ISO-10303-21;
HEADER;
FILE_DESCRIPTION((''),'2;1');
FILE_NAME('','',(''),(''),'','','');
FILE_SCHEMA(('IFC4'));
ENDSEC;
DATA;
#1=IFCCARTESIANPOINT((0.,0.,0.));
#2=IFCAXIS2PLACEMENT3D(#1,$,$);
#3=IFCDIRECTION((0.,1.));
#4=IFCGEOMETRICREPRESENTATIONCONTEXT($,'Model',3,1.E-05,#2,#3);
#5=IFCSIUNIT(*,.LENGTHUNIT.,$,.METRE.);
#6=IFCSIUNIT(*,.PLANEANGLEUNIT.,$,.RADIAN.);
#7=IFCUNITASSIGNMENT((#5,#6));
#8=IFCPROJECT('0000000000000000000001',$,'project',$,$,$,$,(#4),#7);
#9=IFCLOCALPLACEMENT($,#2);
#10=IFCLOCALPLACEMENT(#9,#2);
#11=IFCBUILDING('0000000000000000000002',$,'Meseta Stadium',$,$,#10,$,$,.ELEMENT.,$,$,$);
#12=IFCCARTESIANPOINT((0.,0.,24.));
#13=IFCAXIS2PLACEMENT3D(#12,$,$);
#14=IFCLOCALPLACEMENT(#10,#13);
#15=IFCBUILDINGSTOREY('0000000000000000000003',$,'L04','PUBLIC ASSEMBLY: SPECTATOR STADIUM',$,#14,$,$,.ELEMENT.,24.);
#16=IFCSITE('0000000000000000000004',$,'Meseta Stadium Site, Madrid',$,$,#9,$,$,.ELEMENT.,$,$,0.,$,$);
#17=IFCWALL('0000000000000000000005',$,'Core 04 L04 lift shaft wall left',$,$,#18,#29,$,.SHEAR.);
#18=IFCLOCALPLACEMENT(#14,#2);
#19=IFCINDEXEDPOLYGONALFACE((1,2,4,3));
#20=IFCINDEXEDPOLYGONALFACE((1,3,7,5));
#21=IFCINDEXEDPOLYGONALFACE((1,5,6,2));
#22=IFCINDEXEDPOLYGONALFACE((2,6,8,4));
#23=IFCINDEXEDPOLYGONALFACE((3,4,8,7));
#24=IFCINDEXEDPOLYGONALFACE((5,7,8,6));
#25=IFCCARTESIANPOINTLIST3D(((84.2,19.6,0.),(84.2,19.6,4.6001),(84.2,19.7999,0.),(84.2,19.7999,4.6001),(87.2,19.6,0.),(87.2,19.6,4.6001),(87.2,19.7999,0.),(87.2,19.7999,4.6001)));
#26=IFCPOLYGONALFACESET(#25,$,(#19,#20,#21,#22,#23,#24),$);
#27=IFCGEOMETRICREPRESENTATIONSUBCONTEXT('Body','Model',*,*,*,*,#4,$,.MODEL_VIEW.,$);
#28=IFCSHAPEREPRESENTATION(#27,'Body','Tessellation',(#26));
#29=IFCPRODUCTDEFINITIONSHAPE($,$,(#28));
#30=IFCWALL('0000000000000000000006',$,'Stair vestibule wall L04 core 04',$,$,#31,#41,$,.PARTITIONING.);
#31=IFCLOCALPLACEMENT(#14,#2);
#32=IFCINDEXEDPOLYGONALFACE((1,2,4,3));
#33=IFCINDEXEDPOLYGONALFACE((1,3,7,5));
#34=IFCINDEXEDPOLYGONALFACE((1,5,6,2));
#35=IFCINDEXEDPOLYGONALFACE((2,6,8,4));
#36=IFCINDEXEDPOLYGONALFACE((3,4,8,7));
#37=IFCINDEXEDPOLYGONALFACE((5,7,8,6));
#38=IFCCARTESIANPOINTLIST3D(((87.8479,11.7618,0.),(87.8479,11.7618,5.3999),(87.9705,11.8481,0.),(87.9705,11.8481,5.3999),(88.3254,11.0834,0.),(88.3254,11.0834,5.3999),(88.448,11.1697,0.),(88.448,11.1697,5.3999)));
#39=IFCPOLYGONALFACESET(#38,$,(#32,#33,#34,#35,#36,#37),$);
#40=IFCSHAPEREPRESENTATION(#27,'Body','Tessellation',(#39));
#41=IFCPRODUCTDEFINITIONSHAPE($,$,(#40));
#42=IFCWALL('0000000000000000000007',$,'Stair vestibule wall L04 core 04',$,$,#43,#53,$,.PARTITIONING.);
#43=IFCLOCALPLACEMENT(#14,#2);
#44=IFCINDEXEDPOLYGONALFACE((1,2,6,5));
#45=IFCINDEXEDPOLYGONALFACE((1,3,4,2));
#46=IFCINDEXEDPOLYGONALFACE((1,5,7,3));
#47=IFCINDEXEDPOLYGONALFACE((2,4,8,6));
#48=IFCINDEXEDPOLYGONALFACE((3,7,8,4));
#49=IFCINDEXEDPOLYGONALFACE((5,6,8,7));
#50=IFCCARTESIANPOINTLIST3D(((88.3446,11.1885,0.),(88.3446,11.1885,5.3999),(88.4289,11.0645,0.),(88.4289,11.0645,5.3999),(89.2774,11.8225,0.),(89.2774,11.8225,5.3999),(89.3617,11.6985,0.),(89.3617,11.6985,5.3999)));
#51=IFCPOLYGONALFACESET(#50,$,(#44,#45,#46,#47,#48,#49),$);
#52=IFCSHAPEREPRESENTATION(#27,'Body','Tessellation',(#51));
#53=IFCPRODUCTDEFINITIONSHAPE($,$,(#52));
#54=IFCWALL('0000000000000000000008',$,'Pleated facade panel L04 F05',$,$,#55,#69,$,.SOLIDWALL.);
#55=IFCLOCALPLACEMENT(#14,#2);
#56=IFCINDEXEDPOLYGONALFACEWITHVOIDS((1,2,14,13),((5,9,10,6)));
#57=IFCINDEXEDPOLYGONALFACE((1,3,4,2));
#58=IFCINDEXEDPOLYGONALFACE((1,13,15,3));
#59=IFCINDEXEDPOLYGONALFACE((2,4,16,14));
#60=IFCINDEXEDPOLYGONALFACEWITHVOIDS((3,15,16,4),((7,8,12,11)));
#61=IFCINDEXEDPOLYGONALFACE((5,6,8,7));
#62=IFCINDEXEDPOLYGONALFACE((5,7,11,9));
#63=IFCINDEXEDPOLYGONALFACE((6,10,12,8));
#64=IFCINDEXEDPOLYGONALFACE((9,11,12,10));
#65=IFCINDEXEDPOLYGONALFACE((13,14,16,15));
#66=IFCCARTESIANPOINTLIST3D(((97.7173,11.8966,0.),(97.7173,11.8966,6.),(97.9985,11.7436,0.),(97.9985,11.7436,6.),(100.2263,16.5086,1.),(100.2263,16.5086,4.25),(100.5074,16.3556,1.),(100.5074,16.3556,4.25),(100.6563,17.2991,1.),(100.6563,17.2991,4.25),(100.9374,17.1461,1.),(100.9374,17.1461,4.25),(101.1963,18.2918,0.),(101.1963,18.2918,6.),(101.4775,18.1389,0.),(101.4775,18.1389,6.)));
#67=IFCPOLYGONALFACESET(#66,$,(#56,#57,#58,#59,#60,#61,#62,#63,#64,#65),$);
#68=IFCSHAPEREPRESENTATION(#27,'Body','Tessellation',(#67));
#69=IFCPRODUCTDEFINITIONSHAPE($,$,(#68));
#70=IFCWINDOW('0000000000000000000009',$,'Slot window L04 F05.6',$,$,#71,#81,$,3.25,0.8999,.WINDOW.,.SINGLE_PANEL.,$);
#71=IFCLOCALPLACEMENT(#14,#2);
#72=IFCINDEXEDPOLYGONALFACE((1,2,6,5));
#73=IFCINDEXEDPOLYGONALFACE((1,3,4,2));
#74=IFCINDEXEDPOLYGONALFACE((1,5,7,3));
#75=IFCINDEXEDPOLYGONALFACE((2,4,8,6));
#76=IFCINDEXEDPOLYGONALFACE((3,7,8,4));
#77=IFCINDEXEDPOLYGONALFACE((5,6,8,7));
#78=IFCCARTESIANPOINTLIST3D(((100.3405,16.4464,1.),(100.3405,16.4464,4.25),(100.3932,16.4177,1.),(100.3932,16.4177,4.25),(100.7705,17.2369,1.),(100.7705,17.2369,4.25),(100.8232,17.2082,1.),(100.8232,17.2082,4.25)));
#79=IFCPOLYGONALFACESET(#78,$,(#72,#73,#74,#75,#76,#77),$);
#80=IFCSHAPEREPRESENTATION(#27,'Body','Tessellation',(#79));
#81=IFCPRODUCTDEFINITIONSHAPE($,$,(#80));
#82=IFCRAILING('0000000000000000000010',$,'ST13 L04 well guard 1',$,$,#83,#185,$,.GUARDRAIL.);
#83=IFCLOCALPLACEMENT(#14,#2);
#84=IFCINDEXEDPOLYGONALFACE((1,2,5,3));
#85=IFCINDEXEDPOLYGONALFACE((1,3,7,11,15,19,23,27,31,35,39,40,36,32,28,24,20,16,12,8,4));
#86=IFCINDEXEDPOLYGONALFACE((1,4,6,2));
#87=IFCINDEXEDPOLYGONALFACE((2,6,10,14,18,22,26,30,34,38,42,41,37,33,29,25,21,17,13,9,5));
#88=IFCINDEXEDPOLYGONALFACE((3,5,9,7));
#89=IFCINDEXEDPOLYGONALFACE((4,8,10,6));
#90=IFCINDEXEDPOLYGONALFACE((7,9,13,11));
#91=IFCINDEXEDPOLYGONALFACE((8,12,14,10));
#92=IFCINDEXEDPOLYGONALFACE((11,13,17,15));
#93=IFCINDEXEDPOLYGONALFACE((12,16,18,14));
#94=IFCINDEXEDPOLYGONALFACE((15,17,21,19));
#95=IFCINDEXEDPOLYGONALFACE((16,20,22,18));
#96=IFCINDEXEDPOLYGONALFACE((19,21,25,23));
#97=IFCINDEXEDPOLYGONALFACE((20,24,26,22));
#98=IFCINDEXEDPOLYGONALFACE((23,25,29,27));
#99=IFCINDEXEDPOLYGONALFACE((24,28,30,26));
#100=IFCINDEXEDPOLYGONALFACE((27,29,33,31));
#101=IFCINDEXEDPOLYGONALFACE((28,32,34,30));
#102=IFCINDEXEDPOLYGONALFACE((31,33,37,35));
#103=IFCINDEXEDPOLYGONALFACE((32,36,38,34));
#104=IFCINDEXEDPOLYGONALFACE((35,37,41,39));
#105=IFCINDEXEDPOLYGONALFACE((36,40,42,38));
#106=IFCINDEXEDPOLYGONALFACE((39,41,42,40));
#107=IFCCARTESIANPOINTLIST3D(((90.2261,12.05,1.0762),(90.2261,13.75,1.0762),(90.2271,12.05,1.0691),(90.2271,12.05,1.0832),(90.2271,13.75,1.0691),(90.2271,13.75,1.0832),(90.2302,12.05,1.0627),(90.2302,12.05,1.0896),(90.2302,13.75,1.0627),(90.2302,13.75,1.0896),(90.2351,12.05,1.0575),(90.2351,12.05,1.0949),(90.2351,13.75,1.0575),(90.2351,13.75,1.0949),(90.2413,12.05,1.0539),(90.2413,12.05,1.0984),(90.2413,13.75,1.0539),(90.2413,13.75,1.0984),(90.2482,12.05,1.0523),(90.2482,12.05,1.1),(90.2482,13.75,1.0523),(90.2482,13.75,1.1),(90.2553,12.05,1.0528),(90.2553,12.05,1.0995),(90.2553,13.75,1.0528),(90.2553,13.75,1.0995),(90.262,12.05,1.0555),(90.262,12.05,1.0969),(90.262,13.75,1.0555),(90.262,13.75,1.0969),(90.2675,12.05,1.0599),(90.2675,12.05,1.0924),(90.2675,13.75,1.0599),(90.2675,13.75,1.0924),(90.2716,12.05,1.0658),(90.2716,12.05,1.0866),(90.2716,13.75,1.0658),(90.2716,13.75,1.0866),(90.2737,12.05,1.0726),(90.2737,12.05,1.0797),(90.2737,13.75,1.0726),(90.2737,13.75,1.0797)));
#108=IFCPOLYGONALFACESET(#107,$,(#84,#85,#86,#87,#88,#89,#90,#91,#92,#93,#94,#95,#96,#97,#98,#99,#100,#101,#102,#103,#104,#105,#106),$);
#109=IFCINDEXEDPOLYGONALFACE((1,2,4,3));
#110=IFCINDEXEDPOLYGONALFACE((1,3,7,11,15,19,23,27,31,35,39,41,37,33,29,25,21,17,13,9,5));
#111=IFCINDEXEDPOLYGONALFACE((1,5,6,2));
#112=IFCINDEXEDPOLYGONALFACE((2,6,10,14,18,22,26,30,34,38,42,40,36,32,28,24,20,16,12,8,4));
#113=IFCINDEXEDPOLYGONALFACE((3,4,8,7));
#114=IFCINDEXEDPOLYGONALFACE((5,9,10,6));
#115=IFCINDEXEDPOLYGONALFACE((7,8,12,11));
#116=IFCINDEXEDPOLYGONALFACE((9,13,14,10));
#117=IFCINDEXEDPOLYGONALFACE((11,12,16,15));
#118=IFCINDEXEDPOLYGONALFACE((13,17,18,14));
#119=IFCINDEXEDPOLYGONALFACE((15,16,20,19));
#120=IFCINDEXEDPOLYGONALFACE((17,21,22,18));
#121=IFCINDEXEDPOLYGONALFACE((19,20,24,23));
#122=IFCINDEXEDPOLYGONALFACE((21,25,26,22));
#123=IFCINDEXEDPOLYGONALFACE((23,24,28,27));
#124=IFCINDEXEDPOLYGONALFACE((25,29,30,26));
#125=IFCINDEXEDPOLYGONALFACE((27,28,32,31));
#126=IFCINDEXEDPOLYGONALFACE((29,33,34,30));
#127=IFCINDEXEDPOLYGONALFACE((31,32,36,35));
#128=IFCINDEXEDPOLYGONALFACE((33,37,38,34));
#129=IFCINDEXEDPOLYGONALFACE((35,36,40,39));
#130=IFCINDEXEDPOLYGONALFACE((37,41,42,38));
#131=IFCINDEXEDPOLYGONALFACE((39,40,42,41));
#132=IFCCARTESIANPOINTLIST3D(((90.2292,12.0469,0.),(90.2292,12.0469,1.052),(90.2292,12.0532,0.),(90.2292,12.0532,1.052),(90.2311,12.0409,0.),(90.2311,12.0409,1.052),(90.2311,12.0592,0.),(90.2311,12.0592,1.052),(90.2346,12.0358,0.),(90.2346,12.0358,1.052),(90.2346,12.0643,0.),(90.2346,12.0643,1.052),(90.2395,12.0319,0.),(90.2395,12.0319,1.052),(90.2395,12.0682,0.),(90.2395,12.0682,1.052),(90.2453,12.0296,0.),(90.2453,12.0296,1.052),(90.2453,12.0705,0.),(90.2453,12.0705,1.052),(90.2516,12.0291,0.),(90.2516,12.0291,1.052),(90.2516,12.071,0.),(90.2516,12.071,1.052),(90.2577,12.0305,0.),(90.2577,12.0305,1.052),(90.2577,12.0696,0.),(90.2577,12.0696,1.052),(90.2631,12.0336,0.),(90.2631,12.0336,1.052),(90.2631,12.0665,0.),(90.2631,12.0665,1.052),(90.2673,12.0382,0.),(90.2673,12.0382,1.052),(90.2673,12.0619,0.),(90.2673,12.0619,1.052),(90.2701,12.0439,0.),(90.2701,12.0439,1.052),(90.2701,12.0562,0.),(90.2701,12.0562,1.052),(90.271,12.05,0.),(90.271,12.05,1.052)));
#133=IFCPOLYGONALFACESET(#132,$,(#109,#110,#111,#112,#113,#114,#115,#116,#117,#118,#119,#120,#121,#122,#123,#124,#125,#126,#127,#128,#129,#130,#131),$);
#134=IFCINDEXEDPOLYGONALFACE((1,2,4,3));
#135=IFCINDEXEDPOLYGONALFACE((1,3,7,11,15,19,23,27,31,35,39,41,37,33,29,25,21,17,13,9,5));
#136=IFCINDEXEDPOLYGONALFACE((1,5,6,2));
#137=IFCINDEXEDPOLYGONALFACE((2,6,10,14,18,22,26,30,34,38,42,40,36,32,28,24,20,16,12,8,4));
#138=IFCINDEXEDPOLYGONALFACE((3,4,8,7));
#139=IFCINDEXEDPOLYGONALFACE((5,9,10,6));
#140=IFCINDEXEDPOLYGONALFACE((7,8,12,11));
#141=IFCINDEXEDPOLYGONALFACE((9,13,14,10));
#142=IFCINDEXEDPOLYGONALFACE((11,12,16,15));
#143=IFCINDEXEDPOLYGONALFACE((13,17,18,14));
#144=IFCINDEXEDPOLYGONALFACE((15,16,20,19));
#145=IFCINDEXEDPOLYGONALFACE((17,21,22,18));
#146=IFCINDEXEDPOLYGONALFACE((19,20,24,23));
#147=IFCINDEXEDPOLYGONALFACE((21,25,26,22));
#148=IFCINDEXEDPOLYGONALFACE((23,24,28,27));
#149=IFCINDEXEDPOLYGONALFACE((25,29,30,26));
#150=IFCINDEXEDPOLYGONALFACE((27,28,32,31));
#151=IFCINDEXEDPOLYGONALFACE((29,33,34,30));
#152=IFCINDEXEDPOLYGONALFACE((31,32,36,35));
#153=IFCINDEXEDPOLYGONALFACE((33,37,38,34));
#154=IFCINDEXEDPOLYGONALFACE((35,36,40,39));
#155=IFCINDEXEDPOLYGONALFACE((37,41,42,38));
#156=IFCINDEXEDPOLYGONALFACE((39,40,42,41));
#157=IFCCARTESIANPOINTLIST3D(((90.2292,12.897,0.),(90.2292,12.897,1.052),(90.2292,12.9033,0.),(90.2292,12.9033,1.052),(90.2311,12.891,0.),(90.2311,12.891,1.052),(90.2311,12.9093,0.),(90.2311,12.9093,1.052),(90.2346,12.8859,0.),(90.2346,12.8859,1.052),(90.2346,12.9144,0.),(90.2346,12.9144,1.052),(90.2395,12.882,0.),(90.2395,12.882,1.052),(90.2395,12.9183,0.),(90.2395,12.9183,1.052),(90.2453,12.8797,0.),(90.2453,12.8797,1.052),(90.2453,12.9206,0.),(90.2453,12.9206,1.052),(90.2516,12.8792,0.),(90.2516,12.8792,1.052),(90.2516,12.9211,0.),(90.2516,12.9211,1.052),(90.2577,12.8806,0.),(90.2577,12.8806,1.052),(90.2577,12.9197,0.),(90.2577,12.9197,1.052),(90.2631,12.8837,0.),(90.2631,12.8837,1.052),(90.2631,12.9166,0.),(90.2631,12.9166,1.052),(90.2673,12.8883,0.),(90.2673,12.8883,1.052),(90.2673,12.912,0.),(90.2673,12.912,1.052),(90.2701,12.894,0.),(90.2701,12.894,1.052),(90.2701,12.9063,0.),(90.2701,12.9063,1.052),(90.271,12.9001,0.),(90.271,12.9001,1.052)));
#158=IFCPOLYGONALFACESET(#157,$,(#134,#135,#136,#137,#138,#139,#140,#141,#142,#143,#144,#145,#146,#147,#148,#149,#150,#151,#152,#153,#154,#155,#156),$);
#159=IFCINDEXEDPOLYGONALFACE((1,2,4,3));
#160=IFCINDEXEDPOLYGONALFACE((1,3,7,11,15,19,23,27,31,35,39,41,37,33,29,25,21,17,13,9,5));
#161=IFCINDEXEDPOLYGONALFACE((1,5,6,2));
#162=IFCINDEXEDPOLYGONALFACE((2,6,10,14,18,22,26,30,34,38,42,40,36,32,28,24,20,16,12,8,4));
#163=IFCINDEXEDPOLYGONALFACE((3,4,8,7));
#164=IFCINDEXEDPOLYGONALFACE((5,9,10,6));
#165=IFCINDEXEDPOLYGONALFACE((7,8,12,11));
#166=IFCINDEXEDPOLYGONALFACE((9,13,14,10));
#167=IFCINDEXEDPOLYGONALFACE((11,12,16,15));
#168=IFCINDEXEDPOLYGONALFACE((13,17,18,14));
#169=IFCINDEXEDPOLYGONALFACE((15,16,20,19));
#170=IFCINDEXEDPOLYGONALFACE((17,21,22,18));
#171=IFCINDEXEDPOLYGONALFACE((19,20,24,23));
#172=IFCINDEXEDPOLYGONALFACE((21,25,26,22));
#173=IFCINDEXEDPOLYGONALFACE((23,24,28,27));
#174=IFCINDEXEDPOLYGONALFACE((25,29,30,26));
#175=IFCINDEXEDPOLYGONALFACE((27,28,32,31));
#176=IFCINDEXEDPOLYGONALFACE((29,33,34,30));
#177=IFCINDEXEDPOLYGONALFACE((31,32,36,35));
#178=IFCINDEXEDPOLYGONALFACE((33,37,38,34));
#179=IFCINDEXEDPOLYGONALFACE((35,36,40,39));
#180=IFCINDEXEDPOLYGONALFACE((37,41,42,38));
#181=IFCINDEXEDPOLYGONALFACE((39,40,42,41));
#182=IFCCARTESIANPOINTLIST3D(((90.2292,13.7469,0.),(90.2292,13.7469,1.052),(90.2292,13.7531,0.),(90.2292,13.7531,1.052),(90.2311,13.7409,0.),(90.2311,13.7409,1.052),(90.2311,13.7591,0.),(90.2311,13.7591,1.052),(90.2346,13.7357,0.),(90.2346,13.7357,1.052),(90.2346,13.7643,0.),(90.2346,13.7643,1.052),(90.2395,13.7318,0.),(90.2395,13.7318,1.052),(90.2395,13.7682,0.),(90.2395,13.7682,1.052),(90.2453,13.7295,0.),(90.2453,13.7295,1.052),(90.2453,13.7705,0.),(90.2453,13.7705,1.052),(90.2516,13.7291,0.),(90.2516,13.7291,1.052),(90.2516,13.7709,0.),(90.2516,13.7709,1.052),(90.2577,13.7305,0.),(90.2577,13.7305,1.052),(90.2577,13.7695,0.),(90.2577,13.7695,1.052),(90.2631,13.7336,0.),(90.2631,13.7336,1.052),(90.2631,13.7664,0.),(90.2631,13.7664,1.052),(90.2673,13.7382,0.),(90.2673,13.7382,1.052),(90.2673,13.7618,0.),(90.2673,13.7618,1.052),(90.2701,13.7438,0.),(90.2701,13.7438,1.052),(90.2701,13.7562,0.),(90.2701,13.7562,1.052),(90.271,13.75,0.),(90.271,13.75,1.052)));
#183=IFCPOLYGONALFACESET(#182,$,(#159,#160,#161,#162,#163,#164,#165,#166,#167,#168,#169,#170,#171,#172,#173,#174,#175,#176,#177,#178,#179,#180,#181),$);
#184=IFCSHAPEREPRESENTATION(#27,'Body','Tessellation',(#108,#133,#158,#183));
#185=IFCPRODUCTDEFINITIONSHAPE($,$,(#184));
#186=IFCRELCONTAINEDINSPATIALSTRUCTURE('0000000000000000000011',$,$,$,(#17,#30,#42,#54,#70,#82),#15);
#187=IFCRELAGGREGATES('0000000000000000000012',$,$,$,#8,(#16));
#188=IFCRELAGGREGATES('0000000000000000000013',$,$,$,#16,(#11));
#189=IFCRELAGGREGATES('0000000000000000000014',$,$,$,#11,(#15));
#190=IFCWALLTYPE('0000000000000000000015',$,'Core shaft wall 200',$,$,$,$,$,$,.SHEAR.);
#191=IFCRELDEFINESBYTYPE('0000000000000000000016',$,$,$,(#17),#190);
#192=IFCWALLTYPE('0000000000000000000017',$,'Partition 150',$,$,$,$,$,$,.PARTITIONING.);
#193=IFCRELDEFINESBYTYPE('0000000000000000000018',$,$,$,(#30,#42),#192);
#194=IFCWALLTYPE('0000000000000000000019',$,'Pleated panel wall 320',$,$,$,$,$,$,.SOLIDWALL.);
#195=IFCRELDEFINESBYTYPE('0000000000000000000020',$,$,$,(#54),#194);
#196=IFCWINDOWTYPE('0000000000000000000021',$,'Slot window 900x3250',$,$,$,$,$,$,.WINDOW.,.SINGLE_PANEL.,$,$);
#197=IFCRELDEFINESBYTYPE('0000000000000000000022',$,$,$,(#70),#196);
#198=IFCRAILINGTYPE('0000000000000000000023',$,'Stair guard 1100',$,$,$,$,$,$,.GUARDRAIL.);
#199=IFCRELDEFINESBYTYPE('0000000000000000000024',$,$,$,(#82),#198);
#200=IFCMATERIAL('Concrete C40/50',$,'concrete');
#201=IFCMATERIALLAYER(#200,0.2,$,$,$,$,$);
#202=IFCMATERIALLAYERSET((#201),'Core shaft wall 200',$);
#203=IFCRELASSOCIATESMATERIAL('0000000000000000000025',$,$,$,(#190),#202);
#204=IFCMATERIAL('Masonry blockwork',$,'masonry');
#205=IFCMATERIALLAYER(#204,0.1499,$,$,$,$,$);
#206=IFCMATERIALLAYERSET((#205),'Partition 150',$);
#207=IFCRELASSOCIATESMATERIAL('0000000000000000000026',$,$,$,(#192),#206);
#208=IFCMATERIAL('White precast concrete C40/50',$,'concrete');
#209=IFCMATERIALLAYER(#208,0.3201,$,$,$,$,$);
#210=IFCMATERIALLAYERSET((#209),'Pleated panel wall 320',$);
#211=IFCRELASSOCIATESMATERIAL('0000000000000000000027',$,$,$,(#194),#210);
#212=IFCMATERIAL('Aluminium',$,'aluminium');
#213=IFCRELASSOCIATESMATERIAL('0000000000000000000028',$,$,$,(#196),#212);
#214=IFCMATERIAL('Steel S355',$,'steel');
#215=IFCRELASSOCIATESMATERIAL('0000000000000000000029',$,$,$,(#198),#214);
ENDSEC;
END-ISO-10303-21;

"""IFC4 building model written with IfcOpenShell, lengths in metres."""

from ifc_helpers import new_model, si_unit, direction, frame, frame_2d, origin, origin_2d, place, context, subcontext, project, spatial, rectangle, circle, extrude, material, layer, layer_set, type_object, element, fill, save


model = new_model("IFC4")

# Units and contexts
model_context = context("Model", 3, precision=1e-05, world=origin(), true_north=direction((0.0, 1.0)))
body_context = subcontext(model_context, "Body", "Model", "MODEL_VIEW")
ifc_project = project(units=[si_unit("LENGTHUNIT", "METRE"), si_unit("PLANEANGLEUNIT", "RADIAN")], contexts=[model_context])

# Site, building, storey
site_placement = place(None, origin())
site = spatial("IfcSite", under=ifc_project, at=site_placement, Name="Meseta Stadium Site, Madrid", CompositionType="ELEMENT", RefElevation=0.0)
building_placement = place(site_placement, origin())
building = spatial("IfcBuilding", under=site, at=building_placement, Name="Meseta Stadium", CompositionType="ELEMENT")
storey_placement = place(building_placement, frame((0.0, 0.0, 24.0)))
storey = spatial("IfcBuildingStorey", under=building, at=storey_placement, Name="L04", Description="PUBLIC ASSEMBLY: SPECTATOR STADIUM", CompositionType="ELEMENT", Elevation=24.0)

# Shared definitions
ifc_material_1 = material(Name="Concrete C40/50", Category="concrete")
ifc_layer_1 = layer(ifc_material_1, 0.2)
ifc_layer_set_1 = layer_set([ifc_layer_1], Name="Core shaft wall 200")
wall_type_1 = type_object("IfcWallType", Name="Core shaft wall 200", PredefinedType="SHEAR", material=ifc_layer_set_1)

# Walls
wall_1_placement = place(storey_placement, frame((87.2, 19.7, 0.0), z_axis=(0.0, 0.0, 1.0), x_axis=(-1.0, 0.0, 0.0)))
element("IfcWall", 1, at=wall_1_placement, inside=storey, type_object=wall_type_1, Name="Core 04 L04 lift shaft wall left", PredefinedType="SHEAR", context=body_context, shape_type="SweptSolid", body=[
    extrude(rectangle(XDim=3.0, YDim=0.2, at=frame_2d((1.5, 0.0))), origin(), (0.0, 0.0, 1.0), 4.6001),
])
ifc_material_2 = material(Name="Masonry blockwork", Category="masonry")
ifc_layer_2 = layer(ifc_material_2, 0.1499)
ifc_layer_set_2 = layer_set([ifc_layer_2], Name="Partition 150")
wall_type_2 = type_object("IfcWallType", Name="Partition 150", PredefinedType="PARTITIONING", material=ifc_layer_set_2)
wall_2_placement = place(storey_placement, frame((87.9092, 11.8049, 0.0), z_axis=(0.0, 0.0, 1.0), x_axis=(0.575574, -0.81775, 0.0)))
element("IfcWall", 2, at=wall_2_placement, inside=storey, type_object=wall_type_2, Name="Stair vestibule wall L04 core 04", PredefinedType="PARTITIONING", context=body_context, shape_type="SweptSolid", body=[
    extrude(rectangle(XDim=0.8296, YDim=0.1499, at=frame_2d((0.4148, 0.0))), origin(), (0.0, 0.0, 1.0), 5.3999),
])
wall_3_placement = place(storey_placement, frame((88.3867, 11.1265, 0.0), z_axis=(0.0, 0.0, 1.0), x_axis=(0.827055, 0.562121, 0.0)))
element("IfcWall", 3, at=wall_3_placement, inside=storey, type_object=wall_type_2, Name="Stair vestibule wall L04 core 04", PredefinedType="PARTITIONING", context=body_context, shape_type="SweptSolid", body=[
    extrude(rectangle(XDim=1.1279, YDim=0.1499, at=frame_2d((0.564, 0.0))), origin(), (0.0, 0.0, 1.0), 5.3999),
])

# Wall, opening, window
ifc_material_3 = material(Name="White precast concrete C40/50", Category="concrete")
ifc_layer_3 = layer(ifc_material_3, 0.3201)
ifc_layer_set_3 = layer_set([ifc_layer_3], Name="Pleated panel wall 320")
wall_type_3 = type_object("IfcWallType", Name="Pleated panel wall 320", PredefinedType="SOLIDWALL", material=ifc_layer_set_3)
wall_4_placement = place(storey_placement, frame((101.3369, 18.2153, 0.0), z_axis=(0.0, 0.0, 1.0), x_axis=(-0.477865, -0.878433, 0.0)))
wall_4 = element("IfcWall", 4, at=wall_4_placement, inside=storey, type_object=wall_type_3, Name="Pleated facade panel L04 F05", PredefinedType="SOLIDWALL", context=body_context, shape_type="SweptSolid", body=[
    extrude(rectangle(XDim=7.2803, YDim=0.3201, at=frame_2d((3.6401, 0.0))), origin(), (0.0, 0.0, 1.0), 6.0),
])
opening_1_placement = place(wall_4_placement, frame((1.1301, 0.0, 1.0)))
opening_1 = element("IfcOpeningElement", 5, at=opening_1_placement, cuts=wall_4, PredefinedType="OPENING", context=body_context, shape_type="SweptSolid", body=[
    extrude(rectangle(XDim=0.8999, YDim=3.25, at=frame_2d((0.45, 1.625))), frame((0.0, 0.1699, 0.0), z_axis=(0.0, -1.0, 0.0), x_axis=(1.0, 0.0, 0.0)), (0.0, 0.0, 1.0), 0.3401),
])
ifc_material_4 = material(Name="Aluminium", Category="aluminium")
window_type = type_object("IfcWindowType", Name="Slot window 900x3250", PartitioningType="SINGLE_PANEL", PredefinedType="WINDOW", material=ifc_material_4)
window_placement = place(opening_1_placement, origin())
window = element("IfcWindow", 6, at=window_placement, inside=storey, type_object=window_type, Name="Slot window L04 F05.6", OverallHeight=3.25, OverallWidth=0.8999, PartitioningType="SINGLE_PANEL", PredefinedType="WINDOW", context=body_context, shape_type="SweptSolid", body=[
    extrude(rectangle(XDim=0.8999, YDim=3.25, at=frame_2d((0.45, 1.625))), frame((0.0, 0.03, 0.0), z_axis=(0.0, -1.0, 0.0), x_axis=(1.0, 0.0, 0.0)), (0.0, 0.0, 1.0), 0.0601),
])
fill(opening_1, window)

# Railing
ifc_material_5 = material(Name="Steel S355", Category="steel")
railing_type = type_object("IfcRailingType", Name="Stair guard 1100", PredefinedType="GUARDRAIL", material=ifc_material_5)
for number, where, name in (
    (7, (90.25, 12.05, 0.0), "ST13 L04 well guard 1"),
):
    element("IfcRailing", number, at=place(storey_placement, frame(where)), inside=storey, type_object=railing_type, Name=name, PredefinedType="GUARDRAIL", context=body_context, shape_type="SweptSolid", body=[
        extrude(circle(Radius=0.0239, at=origin_2d()), frame((0.0, 0.0, 1.0762), z_axis=(0.0, 1.0, 0.0), x_axis=(-1.0, 0.0, 0.0)), (0.0, 0.0, 1.0), 1.7),
        extrude(circle(Radius=0.021, at=origin_2d()), origin(), (0.0, 0.0, 1.0), 1.052),
        extrude(circle(Radius=0.021, at=origin_2d()), frame((0.0, 0.8501, 0.0)), (0.0, 0.0, 1.0), 1.052),
        extrude(circle(Radius=0.021, at=origin_2d()), frame((0.0, 1.7, 0.0)), (0.0, 0.0, 1.0), 1.052),
    ])

save(model, "model.ifc")
